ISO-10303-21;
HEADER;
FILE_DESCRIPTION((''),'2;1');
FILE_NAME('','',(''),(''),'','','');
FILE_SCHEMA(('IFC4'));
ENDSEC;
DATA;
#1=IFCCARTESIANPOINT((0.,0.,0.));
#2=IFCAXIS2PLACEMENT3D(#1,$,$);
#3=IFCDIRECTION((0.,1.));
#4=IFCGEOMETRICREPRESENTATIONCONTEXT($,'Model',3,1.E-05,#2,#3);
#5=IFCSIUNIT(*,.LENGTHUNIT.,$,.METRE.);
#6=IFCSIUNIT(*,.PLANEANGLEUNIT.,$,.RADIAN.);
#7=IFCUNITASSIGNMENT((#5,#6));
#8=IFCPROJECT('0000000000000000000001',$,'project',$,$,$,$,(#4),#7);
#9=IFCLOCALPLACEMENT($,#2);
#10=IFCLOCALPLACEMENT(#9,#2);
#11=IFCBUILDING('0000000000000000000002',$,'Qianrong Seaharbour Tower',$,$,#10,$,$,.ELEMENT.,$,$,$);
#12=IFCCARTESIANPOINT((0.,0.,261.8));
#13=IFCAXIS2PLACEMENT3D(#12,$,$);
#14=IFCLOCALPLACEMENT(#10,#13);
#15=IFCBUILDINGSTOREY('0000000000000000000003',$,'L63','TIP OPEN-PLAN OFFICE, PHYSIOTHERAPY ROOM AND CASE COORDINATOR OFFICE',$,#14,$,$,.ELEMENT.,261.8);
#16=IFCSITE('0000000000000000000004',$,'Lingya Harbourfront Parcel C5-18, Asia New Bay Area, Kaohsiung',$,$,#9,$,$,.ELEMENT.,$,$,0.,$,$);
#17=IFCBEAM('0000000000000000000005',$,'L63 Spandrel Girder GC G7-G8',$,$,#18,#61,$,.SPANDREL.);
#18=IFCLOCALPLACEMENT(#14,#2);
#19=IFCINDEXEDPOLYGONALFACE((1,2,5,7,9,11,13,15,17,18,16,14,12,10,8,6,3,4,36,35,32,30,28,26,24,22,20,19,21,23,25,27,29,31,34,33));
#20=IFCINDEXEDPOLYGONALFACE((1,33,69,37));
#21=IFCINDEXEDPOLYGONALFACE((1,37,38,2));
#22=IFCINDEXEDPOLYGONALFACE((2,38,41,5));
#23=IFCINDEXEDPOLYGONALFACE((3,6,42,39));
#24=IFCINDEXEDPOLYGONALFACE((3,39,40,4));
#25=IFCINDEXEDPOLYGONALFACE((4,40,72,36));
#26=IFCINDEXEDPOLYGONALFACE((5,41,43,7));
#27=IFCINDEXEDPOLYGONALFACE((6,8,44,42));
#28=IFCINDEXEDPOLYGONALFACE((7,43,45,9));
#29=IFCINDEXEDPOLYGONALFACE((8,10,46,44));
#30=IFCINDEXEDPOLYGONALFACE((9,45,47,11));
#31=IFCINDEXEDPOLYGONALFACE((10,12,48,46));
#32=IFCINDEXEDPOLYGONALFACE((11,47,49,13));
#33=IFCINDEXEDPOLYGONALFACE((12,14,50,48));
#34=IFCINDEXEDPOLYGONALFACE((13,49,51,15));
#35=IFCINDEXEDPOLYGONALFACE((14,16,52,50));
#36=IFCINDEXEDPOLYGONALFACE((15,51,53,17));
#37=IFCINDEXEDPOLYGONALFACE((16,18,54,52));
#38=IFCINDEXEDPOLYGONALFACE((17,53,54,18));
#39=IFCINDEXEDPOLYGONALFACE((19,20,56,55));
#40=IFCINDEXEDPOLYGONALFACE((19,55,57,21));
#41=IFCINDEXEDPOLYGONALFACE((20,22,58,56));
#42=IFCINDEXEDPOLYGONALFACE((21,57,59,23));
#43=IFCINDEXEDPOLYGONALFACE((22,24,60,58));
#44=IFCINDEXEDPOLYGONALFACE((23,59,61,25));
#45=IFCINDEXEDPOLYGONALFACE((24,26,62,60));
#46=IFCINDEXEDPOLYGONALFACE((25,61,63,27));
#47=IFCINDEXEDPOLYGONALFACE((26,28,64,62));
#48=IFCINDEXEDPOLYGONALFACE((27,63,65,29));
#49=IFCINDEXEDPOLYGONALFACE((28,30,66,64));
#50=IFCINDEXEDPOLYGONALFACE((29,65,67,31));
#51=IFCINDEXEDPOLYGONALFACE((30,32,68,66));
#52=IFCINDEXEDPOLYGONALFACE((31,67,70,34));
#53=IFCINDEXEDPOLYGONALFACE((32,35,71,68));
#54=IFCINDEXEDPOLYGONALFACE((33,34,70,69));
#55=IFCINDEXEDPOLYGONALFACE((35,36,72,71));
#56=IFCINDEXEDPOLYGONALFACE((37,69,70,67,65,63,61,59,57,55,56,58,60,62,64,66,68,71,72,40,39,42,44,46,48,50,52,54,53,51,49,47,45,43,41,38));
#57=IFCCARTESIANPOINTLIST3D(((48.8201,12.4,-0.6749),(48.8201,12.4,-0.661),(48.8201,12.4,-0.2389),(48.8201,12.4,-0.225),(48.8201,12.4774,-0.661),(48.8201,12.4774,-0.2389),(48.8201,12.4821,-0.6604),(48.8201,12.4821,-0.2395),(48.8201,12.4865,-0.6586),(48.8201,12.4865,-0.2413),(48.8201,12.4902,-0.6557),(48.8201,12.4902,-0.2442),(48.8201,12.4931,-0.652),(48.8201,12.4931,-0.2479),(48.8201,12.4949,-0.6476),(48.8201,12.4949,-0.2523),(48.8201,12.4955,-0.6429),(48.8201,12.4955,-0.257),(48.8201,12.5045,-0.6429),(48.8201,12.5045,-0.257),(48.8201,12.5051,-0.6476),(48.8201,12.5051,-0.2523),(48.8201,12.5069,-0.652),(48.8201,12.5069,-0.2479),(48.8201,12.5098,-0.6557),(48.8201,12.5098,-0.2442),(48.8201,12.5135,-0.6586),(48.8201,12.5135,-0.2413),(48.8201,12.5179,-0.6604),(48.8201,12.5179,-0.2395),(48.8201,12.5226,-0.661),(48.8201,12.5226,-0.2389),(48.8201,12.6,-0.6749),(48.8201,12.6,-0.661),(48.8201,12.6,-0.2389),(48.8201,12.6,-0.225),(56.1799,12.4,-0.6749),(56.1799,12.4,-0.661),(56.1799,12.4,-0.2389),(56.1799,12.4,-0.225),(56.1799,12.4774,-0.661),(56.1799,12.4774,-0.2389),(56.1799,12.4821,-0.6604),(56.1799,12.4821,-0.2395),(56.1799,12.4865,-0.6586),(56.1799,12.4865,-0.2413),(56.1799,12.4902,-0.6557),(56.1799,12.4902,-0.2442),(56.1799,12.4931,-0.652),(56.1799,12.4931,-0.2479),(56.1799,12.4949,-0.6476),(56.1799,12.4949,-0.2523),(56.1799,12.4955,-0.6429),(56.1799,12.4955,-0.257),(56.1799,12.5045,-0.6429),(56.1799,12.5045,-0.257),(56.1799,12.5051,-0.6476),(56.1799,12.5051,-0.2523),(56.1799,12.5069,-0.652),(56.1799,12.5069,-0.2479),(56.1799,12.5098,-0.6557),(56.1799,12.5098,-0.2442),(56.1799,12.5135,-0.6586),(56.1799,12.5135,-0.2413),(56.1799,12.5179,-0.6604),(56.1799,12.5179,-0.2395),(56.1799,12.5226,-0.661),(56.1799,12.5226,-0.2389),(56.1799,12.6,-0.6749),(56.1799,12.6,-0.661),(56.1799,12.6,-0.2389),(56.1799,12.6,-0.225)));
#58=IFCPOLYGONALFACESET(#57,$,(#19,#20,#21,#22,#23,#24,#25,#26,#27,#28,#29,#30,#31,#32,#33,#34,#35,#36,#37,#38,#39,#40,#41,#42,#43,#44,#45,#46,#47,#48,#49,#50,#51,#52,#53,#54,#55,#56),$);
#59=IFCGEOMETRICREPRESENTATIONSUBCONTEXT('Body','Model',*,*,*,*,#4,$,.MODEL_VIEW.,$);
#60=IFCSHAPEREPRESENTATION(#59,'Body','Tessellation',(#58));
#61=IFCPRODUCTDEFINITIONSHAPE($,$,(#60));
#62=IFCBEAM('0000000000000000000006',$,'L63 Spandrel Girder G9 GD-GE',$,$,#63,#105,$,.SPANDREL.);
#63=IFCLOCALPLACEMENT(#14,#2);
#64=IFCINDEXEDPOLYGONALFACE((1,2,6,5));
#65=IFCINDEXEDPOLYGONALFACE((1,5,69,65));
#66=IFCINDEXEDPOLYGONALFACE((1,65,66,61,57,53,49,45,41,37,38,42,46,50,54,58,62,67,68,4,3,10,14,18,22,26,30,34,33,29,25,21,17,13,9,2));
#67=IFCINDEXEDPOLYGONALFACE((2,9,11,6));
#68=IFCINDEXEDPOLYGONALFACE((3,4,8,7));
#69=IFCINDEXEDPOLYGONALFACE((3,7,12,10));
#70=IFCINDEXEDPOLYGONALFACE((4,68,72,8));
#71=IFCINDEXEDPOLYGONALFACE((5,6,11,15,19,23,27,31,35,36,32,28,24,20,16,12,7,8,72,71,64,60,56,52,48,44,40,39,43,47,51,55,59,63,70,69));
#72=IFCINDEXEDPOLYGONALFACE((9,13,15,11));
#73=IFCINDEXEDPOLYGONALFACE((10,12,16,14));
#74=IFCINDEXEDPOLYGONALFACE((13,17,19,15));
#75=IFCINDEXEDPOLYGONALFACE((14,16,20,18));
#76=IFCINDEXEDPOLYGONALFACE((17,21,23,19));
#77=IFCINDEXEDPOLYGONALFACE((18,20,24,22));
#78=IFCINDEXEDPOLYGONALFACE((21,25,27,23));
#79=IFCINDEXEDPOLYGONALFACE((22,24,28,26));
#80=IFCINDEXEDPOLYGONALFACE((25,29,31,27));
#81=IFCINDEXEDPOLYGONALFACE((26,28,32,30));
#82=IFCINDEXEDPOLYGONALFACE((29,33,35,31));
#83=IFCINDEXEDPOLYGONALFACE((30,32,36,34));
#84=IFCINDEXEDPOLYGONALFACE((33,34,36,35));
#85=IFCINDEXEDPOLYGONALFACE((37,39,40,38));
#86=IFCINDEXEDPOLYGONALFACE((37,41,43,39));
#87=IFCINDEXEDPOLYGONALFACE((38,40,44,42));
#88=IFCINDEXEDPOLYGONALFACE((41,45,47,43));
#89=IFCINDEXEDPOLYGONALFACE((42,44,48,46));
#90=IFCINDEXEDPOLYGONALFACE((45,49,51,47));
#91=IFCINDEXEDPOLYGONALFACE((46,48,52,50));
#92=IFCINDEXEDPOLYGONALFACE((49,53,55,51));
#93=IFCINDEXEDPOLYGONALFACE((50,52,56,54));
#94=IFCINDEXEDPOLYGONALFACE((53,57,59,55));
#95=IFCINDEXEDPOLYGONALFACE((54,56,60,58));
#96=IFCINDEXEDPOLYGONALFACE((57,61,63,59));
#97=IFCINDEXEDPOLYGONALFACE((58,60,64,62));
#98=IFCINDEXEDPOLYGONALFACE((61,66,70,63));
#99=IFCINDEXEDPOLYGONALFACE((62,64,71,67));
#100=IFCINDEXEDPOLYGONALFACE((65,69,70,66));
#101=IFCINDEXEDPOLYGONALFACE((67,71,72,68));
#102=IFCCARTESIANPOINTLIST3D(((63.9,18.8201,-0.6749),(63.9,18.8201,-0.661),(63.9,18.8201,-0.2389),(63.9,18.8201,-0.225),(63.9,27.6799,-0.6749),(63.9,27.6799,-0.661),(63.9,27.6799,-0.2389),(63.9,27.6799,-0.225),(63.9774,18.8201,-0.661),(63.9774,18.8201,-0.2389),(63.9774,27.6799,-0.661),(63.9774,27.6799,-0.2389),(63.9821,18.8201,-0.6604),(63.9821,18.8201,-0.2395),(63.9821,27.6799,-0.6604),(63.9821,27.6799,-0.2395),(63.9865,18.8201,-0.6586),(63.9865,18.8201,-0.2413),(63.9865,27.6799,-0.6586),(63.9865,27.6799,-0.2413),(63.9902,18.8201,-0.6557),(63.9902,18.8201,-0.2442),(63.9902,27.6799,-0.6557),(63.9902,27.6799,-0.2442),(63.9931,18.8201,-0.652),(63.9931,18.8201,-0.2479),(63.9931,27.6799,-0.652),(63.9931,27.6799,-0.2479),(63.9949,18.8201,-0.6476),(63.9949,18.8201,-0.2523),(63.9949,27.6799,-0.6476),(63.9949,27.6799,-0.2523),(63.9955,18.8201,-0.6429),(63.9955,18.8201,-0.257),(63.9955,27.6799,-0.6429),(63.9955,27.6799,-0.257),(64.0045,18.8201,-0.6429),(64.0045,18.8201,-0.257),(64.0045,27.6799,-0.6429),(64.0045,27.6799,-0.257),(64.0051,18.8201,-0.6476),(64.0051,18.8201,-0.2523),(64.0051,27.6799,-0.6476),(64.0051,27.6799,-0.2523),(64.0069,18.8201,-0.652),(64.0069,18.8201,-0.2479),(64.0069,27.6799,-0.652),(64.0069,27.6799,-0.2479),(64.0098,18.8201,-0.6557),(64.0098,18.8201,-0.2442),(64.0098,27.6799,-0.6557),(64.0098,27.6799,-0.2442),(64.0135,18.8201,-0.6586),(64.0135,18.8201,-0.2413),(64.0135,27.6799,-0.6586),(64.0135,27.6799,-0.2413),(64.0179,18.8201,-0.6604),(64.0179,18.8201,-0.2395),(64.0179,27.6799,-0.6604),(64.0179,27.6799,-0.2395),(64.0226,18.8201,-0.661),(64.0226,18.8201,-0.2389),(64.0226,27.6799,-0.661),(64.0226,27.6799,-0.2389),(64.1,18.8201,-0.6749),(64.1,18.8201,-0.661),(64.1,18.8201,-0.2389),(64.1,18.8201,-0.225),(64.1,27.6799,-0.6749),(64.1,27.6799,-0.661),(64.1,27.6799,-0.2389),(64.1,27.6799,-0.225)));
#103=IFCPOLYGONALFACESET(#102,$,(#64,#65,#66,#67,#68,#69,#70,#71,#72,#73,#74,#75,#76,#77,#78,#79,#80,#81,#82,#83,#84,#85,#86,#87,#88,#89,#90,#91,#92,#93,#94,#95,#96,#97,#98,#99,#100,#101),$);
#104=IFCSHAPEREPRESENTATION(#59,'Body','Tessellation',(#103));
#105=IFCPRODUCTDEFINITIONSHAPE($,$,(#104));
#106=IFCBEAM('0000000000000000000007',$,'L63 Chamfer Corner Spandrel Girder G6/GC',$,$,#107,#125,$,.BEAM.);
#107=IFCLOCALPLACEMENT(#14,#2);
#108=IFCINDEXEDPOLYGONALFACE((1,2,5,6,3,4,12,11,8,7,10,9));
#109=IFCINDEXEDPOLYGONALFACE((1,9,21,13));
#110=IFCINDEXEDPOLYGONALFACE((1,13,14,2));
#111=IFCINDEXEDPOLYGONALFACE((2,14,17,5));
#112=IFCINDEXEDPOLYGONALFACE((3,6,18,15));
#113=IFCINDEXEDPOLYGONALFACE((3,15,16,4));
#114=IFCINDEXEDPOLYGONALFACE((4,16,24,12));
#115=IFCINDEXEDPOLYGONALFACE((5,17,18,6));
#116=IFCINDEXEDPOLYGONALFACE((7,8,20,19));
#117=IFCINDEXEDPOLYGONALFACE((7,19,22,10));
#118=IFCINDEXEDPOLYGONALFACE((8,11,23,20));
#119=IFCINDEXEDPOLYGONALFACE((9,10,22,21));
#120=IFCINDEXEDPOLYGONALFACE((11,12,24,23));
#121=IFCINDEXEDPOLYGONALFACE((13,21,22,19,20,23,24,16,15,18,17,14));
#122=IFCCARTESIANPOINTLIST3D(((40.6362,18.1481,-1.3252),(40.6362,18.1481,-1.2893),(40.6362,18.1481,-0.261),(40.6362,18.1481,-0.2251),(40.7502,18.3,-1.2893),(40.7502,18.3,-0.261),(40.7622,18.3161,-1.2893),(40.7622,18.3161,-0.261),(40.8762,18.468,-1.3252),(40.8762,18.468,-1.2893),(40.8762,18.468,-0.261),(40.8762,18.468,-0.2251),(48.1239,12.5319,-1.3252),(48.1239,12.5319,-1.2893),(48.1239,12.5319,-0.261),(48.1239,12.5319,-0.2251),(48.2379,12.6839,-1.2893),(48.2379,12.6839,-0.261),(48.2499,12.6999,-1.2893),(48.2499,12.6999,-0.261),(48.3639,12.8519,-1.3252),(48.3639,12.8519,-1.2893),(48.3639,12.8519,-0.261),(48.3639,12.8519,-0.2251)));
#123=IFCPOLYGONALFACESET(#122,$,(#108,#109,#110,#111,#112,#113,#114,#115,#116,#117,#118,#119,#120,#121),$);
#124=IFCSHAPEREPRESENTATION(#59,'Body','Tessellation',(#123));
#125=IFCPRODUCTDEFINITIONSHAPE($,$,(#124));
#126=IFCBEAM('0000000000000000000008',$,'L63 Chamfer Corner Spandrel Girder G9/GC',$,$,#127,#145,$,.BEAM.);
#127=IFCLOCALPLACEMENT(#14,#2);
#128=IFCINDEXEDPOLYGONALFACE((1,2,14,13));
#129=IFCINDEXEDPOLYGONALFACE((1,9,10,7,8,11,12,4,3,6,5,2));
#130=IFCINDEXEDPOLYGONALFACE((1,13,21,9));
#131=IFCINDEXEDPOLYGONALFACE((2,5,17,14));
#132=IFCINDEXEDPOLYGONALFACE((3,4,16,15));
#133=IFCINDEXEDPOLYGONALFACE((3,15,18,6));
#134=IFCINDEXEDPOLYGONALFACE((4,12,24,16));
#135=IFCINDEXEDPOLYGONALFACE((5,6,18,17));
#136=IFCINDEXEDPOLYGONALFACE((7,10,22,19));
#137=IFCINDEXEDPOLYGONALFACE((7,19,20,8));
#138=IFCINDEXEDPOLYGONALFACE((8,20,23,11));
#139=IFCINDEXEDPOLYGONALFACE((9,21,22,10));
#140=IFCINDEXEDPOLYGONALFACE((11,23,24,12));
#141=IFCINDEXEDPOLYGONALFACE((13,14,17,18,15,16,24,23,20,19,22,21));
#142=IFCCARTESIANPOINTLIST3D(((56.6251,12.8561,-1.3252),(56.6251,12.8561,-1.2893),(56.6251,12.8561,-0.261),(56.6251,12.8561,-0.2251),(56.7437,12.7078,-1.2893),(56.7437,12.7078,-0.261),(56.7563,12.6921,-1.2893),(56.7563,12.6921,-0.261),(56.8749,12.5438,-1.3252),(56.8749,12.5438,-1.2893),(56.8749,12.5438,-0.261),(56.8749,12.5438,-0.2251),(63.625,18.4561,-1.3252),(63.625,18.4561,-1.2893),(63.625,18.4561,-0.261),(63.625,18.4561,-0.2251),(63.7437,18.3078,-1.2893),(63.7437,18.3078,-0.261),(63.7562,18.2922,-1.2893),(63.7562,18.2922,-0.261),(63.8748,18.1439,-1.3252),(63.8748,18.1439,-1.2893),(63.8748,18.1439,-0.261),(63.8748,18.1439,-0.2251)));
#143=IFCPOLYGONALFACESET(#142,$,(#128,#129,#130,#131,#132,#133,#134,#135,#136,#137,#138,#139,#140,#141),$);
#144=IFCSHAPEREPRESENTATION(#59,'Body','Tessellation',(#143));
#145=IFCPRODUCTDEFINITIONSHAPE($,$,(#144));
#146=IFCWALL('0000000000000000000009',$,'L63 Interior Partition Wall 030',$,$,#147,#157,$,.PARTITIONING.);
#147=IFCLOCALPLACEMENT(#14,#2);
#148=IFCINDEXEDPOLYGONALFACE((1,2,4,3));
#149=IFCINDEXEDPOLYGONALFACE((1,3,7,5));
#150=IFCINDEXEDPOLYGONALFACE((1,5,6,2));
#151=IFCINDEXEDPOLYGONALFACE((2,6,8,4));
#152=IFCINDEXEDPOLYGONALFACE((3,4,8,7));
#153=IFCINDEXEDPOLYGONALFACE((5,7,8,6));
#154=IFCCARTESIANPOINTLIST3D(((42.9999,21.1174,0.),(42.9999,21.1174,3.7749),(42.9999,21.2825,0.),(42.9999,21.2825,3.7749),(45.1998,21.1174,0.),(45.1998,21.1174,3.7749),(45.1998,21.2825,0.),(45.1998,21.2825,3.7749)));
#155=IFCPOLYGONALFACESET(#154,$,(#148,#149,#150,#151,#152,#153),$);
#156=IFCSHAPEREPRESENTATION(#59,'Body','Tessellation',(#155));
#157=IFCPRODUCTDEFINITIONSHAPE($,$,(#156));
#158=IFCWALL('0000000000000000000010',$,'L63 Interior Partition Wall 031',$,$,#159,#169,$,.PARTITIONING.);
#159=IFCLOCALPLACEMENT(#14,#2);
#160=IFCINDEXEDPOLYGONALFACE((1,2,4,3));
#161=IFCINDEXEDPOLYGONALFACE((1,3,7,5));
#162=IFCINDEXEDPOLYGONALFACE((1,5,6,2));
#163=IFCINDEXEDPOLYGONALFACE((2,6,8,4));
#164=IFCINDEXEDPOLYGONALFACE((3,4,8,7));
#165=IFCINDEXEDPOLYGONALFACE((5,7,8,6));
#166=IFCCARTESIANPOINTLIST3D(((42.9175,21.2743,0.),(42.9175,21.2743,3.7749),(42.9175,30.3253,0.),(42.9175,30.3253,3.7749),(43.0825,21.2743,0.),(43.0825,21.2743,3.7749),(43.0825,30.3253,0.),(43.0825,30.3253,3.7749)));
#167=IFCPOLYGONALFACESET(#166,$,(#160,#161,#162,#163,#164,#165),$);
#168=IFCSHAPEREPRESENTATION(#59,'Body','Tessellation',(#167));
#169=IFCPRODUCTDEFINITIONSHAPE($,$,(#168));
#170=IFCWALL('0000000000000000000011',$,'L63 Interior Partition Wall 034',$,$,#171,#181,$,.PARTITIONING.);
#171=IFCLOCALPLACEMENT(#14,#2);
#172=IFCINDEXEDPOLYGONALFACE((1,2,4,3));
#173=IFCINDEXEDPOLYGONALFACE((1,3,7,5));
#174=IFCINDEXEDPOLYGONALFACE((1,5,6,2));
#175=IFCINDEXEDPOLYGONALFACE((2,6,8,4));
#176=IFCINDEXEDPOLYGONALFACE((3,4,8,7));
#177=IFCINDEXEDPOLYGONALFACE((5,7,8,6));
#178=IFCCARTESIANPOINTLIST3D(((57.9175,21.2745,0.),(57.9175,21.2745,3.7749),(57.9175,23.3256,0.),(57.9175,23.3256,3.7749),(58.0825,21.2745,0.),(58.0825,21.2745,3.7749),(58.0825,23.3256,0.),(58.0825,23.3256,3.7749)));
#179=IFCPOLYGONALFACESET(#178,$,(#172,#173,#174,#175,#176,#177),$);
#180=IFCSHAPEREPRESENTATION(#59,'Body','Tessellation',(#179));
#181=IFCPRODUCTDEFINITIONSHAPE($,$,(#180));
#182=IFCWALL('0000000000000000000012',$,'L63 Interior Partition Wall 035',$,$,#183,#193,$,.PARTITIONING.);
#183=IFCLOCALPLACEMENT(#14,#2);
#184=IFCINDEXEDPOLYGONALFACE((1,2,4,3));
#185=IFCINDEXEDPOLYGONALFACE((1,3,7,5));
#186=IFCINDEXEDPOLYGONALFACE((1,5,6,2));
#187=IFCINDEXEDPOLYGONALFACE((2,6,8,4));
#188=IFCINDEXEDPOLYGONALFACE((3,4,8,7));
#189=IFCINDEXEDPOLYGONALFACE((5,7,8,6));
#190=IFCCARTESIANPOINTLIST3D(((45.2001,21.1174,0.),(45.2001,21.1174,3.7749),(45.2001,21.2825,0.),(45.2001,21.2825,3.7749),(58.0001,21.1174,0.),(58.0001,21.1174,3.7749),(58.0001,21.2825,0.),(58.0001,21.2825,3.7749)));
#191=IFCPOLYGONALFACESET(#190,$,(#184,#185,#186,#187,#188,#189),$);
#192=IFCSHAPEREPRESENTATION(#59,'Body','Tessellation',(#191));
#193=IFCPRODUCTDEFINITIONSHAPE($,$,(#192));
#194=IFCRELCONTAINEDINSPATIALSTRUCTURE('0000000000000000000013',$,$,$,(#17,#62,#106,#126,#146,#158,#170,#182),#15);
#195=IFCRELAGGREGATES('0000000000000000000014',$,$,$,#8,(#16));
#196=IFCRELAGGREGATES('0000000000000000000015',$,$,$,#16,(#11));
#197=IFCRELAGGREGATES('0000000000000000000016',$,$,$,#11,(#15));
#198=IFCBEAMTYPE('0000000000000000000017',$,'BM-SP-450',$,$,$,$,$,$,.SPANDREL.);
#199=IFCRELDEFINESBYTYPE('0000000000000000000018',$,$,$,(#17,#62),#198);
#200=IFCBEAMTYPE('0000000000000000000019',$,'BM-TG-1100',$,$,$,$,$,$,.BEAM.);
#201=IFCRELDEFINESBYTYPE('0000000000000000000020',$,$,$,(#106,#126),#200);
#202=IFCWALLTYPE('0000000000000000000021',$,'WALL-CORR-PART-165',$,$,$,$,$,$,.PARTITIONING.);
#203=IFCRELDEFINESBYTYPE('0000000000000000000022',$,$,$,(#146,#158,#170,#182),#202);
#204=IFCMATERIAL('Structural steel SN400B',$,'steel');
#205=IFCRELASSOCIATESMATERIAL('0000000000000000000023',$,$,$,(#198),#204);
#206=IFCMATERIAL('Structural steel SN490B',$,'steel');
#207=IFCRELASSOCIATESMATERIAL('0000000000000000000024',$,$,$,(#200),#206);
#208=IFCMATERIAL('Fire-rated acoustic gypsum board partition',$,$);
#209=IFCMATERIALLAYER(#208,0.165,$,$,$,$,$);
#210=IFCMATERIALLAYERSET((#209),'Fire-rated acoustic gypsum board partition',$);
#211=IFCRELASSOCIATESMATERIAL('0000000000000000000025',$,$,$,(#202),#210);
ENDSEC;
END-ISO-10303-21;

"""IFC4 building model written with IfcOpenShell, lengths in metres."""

from ifc_helpers import new_model, si_unit, direction, frame, frame_2d, origin, origin_2d, place, context, subcontext, project, spatial, rectangle, i_section, extrude, material, layer, layer_set, material_profile, profile_set, type_object, element, save


model = new_model("IFC4")

# Units and contexts
model_context = context("Model", 3, precision=1e-05, world=origin(), true_north=direction((0.0, 1.0)))
body_context = subcontext(model_context, "Body", "Model", "MODEL_VIEW")
ifc_project = project(units=[si_unit("LENGTHUNIT", "METRE"), si_unit("PLANEANGLEUNIT", "RADIAN")], contexts=[model_context])

# Site, building, storey
site_placement = place(None, origin())
site = spatial("IfcSite", under=ifc_project, at=site_placement, Name="Lingya Harbourfront Parcel C5-18, Asia New Bay Area, Kaohsiung", CompositionType="ELEMENT", RefElevation=0.0)
building_placement = place(site_placement, origin())
building = spatial("IfcBuilding", under=site, at=building_placement, Name="Qianrong Seaharbour Tower", CompositionType="ELEMENT")
storey_placement = place(building_placement, frame((0.0, 0.0, 261.8)))
storey = spatial("IfcBuildingStorey", under=building, at=storey_placement, Name="L63", Description="TIP OPEN-PLAN OFFICE, PHYSIOTHERAPY ROOM AND CASE COORDINATOR OFFICE", CompositionType="ELEMENT", Elevation=261.8)

# Shared definitions
ifc_material_1 = material(Name="Structural steel SN490B", Category="steel")

# Beams
ifc_material_2 = material(Name="Structural steel SN400B", Category="steel")
ifc_material_profile_1 = material_profile(ifc_material_2, i_section(OverallWidth=0.2, OverallDepth=0.45, WebThickness=0.009, FlangeThickness=0.0139, FilletRadius=0.0181, at=origin_2d()), Name="H450x200x9x14")
ifc_profile_set_1 = profile_set([ifc_material_profile_1], Name="Structural steel SN400B")
beam_type_1 = type_object("IfcBeamType", Name="BM-SP-450", PredefinedType="SPANDREL", material=ifc_profile_set_1)
beam_1_placement = place(storey_placement, frame((48.8201, 12.5, -0.45), z_axis=(1.0, 0.0, 0.0), x_axis=(0.0, 1.0, 0.0)))
element("IfcBeam", 1, at=beam_1_placement, inside=storey, type_object=beam_type_1, Name="L63 Spandrel Girder GC G7-G8", PredefinedType="SPANDREL", context=body_context, shape_type="SweptSolid", body=[
    extrude(i_section(OverallWidth=0.2, OverallDepth=0.45, WebThickness=0.009, FlangeThickness=0.0139, FilletRadius=0.0181, at=origin_2d()), origin(), (0.0, 0.0, 1.0), 7.3599),
])
beam_2_placement = place(storey_placement, frame((64.0, 18.8201, -0.45), z_axis=(0.0, 1.0, 0.0), x_axis=(-1.0, 0.0, 0.0)))
element("IfcBeam", 2, at=beam_2_placement, inside=storey, type_object=beam_type_1, Name="L63 Spandrel Girder G9 GD-GE", PredefinedType="SPANDREL", context=body_context, shape_type="SweptSolid", body=[
    extrude(i_section(OverallWidth=0.2, OverallDepth=0.45, WebThickness=0.009, FlangeThickness=0.0139, FilletRadius=0.0181, at=origin_2d()), origin(), (0.0, 0.0, 1.0), 8.8599),
])
ifc_material_profile_2 = material_profile(ifc_material_1, i_section(OverallWidth=0.3999, OverallDepth=1.1001, WebThickness=0.02, FlangeThickness=0.0359, at=origin_2d()), Name="BH1100x400x20x36")
ifc_profile_set_2 = profile_set([ifc_material_profile_2], Name="Structural steel SN490B")
beam_type_2 = type_object("IfcBeamType", Name="BM-TG-1100", PredefinedType="BEAM", material=ifc_profile_set_2)
beam_3_placement = place(storey_placement, frame((48.2439, 12.6919, -0.7751), z_axis=(-0.799981, 0.600025, 0.0), x_axis=(-0.600025, -0.799981, 0.0)))
element("IfcBeam", 3, at=beam_3_placement, inside=storey, type_object=beam_type_2, Name="L63 Chamfer Corner Spandrel Girder G6/GC", PredefinedType="BEAM", context=body_context, shape_type="SweptSolid", body=[
    extrude(i_section(OverallWidth=0.3999, OverallDepth=1.1001, WebThickness=0.02, FlangeThickness=0.0359, at=origin_2d()), origin(), (0.0, 0.0, 1.0), 9.3599),
])
beam_4_placement = place(storey_placement, frame((56.75, 12.7, -0.7751), z_axis=(0.780863, 0.624702, 0.0), x_axis=(-0.624702, 0.780863, 0.0)))
element("IfcBeam", 4, at=beam_4_placement, inside=storey, type_object=beam_type_2, Name="L63 Chamfer Corner Spandrel Girder G9/GC", PredefinedType="BEAM", context=body_context, shape_type="SweptSolid", body=[
    extrude(i_section(OverallWidth=0.3999, OverallDepth=1.1001, WebThickness=0.02, FlangeThickness=0.0359, at=origin_2d()), origin(), (0.0, 0.0, 1.0), 8.9644),
])

# Walls
ifc_material_3 = material(Name="Fire-rated acoustic gypsum board partition")
ifc_layer_1 = layer(ifc_material_3, 0.165)
ifc_layer_set_1 = layer_set([ifc_layer_1], Name="Fire-rated acoustic gypsum board partition")
wall_type_1 = type_object("IfcWallType", Name="WALL-CORR-PART-165", PredefinedType="PARTITIONING", material=ifc_layer_set_1)
wall_1_placement = place(storey_placement, frame((45.2, 21.2, 0.0), z_axis=(0.0, 0.0, 1.0), x_axis=(-1.0, 0.0, 0.0)))
element("IfcWall", 5, at=wall_1_placement, inside=storey, type_object=wall_type_1, Name="L63 Interior Partition Wall 030", PredefinedType="PARTITIONING", context=body_context, shape_type="SweptSolid", body=[
    extrude(rectangle(XDim=2.2, YDim=0.165, at=frame_2d((1.1001, 0.0))), origin(), (0.0, 0.0, 1.0), 3.7749),
])
wall_2_placement = place(storey_placement, frame((43.0, 21.2744, 0.0), z_axis=(0.0, 0.0, 1.0), x_axis=(0.0, 1.0, 0.0)))
element("IfcWall", 6, at=wall_2_placement, inside=storey, type_object=wall_type_1, Name="L63 Interior Partition Wall 031", PredefinedType="PARTITIONING", context=body_context, shape_type="SweptSolid", body=[
    extrude(rectangle(XDim=9.051, YDim=0.165, at=frame_2d((4.5254, 0.0))), origin(), (0.0, 0.0, 1.0), 3.7749),
])
wall_3_placement = place(storey_placement, frame((58.0, 23.3254, 0.0), z_axis=(0.0, 0.0, 1.0), x_axis=(0.0, -1.0, 0.0)))
element("IfcWall", 7, at=wall_3_placement, inside=storey, type_object=wall_type_1, Name="L63 Interior Partition Wall 034", PredefinedType="PARTITIONING", context=body_context, shape_type="SweptSolid", body=[
    extrude(rectangle(XDim=2.051, YDim=0.165, at=frame_2d((1.0254, 0.0))), origin(), (0.0, 0.0, 1.0), 3.7749),
])
wall_4_placement = place(storey_placement, frame((58.0, 21.2, 0.0), z_axis=(0.0, 0.0, 1.0), x_axis=(-1.0, 0.0, 0.0)))
element("IfcWall", 8, at=wall_4_placement, inside=storey, type_object=wall_type_1, Name="L63 Interior Partition Wall 035", PredefinedType="PARTITIONING", context=body_context, shape_type="SweptSolid", body=[
    extrude(rectangle(XDim=12.8, YDim=0.165, at=frame_2d((6.3999, 0.0))), origin(), (0.0, 0.0, 1.0), 3.7749),
])

save(model, "model.ifc")
